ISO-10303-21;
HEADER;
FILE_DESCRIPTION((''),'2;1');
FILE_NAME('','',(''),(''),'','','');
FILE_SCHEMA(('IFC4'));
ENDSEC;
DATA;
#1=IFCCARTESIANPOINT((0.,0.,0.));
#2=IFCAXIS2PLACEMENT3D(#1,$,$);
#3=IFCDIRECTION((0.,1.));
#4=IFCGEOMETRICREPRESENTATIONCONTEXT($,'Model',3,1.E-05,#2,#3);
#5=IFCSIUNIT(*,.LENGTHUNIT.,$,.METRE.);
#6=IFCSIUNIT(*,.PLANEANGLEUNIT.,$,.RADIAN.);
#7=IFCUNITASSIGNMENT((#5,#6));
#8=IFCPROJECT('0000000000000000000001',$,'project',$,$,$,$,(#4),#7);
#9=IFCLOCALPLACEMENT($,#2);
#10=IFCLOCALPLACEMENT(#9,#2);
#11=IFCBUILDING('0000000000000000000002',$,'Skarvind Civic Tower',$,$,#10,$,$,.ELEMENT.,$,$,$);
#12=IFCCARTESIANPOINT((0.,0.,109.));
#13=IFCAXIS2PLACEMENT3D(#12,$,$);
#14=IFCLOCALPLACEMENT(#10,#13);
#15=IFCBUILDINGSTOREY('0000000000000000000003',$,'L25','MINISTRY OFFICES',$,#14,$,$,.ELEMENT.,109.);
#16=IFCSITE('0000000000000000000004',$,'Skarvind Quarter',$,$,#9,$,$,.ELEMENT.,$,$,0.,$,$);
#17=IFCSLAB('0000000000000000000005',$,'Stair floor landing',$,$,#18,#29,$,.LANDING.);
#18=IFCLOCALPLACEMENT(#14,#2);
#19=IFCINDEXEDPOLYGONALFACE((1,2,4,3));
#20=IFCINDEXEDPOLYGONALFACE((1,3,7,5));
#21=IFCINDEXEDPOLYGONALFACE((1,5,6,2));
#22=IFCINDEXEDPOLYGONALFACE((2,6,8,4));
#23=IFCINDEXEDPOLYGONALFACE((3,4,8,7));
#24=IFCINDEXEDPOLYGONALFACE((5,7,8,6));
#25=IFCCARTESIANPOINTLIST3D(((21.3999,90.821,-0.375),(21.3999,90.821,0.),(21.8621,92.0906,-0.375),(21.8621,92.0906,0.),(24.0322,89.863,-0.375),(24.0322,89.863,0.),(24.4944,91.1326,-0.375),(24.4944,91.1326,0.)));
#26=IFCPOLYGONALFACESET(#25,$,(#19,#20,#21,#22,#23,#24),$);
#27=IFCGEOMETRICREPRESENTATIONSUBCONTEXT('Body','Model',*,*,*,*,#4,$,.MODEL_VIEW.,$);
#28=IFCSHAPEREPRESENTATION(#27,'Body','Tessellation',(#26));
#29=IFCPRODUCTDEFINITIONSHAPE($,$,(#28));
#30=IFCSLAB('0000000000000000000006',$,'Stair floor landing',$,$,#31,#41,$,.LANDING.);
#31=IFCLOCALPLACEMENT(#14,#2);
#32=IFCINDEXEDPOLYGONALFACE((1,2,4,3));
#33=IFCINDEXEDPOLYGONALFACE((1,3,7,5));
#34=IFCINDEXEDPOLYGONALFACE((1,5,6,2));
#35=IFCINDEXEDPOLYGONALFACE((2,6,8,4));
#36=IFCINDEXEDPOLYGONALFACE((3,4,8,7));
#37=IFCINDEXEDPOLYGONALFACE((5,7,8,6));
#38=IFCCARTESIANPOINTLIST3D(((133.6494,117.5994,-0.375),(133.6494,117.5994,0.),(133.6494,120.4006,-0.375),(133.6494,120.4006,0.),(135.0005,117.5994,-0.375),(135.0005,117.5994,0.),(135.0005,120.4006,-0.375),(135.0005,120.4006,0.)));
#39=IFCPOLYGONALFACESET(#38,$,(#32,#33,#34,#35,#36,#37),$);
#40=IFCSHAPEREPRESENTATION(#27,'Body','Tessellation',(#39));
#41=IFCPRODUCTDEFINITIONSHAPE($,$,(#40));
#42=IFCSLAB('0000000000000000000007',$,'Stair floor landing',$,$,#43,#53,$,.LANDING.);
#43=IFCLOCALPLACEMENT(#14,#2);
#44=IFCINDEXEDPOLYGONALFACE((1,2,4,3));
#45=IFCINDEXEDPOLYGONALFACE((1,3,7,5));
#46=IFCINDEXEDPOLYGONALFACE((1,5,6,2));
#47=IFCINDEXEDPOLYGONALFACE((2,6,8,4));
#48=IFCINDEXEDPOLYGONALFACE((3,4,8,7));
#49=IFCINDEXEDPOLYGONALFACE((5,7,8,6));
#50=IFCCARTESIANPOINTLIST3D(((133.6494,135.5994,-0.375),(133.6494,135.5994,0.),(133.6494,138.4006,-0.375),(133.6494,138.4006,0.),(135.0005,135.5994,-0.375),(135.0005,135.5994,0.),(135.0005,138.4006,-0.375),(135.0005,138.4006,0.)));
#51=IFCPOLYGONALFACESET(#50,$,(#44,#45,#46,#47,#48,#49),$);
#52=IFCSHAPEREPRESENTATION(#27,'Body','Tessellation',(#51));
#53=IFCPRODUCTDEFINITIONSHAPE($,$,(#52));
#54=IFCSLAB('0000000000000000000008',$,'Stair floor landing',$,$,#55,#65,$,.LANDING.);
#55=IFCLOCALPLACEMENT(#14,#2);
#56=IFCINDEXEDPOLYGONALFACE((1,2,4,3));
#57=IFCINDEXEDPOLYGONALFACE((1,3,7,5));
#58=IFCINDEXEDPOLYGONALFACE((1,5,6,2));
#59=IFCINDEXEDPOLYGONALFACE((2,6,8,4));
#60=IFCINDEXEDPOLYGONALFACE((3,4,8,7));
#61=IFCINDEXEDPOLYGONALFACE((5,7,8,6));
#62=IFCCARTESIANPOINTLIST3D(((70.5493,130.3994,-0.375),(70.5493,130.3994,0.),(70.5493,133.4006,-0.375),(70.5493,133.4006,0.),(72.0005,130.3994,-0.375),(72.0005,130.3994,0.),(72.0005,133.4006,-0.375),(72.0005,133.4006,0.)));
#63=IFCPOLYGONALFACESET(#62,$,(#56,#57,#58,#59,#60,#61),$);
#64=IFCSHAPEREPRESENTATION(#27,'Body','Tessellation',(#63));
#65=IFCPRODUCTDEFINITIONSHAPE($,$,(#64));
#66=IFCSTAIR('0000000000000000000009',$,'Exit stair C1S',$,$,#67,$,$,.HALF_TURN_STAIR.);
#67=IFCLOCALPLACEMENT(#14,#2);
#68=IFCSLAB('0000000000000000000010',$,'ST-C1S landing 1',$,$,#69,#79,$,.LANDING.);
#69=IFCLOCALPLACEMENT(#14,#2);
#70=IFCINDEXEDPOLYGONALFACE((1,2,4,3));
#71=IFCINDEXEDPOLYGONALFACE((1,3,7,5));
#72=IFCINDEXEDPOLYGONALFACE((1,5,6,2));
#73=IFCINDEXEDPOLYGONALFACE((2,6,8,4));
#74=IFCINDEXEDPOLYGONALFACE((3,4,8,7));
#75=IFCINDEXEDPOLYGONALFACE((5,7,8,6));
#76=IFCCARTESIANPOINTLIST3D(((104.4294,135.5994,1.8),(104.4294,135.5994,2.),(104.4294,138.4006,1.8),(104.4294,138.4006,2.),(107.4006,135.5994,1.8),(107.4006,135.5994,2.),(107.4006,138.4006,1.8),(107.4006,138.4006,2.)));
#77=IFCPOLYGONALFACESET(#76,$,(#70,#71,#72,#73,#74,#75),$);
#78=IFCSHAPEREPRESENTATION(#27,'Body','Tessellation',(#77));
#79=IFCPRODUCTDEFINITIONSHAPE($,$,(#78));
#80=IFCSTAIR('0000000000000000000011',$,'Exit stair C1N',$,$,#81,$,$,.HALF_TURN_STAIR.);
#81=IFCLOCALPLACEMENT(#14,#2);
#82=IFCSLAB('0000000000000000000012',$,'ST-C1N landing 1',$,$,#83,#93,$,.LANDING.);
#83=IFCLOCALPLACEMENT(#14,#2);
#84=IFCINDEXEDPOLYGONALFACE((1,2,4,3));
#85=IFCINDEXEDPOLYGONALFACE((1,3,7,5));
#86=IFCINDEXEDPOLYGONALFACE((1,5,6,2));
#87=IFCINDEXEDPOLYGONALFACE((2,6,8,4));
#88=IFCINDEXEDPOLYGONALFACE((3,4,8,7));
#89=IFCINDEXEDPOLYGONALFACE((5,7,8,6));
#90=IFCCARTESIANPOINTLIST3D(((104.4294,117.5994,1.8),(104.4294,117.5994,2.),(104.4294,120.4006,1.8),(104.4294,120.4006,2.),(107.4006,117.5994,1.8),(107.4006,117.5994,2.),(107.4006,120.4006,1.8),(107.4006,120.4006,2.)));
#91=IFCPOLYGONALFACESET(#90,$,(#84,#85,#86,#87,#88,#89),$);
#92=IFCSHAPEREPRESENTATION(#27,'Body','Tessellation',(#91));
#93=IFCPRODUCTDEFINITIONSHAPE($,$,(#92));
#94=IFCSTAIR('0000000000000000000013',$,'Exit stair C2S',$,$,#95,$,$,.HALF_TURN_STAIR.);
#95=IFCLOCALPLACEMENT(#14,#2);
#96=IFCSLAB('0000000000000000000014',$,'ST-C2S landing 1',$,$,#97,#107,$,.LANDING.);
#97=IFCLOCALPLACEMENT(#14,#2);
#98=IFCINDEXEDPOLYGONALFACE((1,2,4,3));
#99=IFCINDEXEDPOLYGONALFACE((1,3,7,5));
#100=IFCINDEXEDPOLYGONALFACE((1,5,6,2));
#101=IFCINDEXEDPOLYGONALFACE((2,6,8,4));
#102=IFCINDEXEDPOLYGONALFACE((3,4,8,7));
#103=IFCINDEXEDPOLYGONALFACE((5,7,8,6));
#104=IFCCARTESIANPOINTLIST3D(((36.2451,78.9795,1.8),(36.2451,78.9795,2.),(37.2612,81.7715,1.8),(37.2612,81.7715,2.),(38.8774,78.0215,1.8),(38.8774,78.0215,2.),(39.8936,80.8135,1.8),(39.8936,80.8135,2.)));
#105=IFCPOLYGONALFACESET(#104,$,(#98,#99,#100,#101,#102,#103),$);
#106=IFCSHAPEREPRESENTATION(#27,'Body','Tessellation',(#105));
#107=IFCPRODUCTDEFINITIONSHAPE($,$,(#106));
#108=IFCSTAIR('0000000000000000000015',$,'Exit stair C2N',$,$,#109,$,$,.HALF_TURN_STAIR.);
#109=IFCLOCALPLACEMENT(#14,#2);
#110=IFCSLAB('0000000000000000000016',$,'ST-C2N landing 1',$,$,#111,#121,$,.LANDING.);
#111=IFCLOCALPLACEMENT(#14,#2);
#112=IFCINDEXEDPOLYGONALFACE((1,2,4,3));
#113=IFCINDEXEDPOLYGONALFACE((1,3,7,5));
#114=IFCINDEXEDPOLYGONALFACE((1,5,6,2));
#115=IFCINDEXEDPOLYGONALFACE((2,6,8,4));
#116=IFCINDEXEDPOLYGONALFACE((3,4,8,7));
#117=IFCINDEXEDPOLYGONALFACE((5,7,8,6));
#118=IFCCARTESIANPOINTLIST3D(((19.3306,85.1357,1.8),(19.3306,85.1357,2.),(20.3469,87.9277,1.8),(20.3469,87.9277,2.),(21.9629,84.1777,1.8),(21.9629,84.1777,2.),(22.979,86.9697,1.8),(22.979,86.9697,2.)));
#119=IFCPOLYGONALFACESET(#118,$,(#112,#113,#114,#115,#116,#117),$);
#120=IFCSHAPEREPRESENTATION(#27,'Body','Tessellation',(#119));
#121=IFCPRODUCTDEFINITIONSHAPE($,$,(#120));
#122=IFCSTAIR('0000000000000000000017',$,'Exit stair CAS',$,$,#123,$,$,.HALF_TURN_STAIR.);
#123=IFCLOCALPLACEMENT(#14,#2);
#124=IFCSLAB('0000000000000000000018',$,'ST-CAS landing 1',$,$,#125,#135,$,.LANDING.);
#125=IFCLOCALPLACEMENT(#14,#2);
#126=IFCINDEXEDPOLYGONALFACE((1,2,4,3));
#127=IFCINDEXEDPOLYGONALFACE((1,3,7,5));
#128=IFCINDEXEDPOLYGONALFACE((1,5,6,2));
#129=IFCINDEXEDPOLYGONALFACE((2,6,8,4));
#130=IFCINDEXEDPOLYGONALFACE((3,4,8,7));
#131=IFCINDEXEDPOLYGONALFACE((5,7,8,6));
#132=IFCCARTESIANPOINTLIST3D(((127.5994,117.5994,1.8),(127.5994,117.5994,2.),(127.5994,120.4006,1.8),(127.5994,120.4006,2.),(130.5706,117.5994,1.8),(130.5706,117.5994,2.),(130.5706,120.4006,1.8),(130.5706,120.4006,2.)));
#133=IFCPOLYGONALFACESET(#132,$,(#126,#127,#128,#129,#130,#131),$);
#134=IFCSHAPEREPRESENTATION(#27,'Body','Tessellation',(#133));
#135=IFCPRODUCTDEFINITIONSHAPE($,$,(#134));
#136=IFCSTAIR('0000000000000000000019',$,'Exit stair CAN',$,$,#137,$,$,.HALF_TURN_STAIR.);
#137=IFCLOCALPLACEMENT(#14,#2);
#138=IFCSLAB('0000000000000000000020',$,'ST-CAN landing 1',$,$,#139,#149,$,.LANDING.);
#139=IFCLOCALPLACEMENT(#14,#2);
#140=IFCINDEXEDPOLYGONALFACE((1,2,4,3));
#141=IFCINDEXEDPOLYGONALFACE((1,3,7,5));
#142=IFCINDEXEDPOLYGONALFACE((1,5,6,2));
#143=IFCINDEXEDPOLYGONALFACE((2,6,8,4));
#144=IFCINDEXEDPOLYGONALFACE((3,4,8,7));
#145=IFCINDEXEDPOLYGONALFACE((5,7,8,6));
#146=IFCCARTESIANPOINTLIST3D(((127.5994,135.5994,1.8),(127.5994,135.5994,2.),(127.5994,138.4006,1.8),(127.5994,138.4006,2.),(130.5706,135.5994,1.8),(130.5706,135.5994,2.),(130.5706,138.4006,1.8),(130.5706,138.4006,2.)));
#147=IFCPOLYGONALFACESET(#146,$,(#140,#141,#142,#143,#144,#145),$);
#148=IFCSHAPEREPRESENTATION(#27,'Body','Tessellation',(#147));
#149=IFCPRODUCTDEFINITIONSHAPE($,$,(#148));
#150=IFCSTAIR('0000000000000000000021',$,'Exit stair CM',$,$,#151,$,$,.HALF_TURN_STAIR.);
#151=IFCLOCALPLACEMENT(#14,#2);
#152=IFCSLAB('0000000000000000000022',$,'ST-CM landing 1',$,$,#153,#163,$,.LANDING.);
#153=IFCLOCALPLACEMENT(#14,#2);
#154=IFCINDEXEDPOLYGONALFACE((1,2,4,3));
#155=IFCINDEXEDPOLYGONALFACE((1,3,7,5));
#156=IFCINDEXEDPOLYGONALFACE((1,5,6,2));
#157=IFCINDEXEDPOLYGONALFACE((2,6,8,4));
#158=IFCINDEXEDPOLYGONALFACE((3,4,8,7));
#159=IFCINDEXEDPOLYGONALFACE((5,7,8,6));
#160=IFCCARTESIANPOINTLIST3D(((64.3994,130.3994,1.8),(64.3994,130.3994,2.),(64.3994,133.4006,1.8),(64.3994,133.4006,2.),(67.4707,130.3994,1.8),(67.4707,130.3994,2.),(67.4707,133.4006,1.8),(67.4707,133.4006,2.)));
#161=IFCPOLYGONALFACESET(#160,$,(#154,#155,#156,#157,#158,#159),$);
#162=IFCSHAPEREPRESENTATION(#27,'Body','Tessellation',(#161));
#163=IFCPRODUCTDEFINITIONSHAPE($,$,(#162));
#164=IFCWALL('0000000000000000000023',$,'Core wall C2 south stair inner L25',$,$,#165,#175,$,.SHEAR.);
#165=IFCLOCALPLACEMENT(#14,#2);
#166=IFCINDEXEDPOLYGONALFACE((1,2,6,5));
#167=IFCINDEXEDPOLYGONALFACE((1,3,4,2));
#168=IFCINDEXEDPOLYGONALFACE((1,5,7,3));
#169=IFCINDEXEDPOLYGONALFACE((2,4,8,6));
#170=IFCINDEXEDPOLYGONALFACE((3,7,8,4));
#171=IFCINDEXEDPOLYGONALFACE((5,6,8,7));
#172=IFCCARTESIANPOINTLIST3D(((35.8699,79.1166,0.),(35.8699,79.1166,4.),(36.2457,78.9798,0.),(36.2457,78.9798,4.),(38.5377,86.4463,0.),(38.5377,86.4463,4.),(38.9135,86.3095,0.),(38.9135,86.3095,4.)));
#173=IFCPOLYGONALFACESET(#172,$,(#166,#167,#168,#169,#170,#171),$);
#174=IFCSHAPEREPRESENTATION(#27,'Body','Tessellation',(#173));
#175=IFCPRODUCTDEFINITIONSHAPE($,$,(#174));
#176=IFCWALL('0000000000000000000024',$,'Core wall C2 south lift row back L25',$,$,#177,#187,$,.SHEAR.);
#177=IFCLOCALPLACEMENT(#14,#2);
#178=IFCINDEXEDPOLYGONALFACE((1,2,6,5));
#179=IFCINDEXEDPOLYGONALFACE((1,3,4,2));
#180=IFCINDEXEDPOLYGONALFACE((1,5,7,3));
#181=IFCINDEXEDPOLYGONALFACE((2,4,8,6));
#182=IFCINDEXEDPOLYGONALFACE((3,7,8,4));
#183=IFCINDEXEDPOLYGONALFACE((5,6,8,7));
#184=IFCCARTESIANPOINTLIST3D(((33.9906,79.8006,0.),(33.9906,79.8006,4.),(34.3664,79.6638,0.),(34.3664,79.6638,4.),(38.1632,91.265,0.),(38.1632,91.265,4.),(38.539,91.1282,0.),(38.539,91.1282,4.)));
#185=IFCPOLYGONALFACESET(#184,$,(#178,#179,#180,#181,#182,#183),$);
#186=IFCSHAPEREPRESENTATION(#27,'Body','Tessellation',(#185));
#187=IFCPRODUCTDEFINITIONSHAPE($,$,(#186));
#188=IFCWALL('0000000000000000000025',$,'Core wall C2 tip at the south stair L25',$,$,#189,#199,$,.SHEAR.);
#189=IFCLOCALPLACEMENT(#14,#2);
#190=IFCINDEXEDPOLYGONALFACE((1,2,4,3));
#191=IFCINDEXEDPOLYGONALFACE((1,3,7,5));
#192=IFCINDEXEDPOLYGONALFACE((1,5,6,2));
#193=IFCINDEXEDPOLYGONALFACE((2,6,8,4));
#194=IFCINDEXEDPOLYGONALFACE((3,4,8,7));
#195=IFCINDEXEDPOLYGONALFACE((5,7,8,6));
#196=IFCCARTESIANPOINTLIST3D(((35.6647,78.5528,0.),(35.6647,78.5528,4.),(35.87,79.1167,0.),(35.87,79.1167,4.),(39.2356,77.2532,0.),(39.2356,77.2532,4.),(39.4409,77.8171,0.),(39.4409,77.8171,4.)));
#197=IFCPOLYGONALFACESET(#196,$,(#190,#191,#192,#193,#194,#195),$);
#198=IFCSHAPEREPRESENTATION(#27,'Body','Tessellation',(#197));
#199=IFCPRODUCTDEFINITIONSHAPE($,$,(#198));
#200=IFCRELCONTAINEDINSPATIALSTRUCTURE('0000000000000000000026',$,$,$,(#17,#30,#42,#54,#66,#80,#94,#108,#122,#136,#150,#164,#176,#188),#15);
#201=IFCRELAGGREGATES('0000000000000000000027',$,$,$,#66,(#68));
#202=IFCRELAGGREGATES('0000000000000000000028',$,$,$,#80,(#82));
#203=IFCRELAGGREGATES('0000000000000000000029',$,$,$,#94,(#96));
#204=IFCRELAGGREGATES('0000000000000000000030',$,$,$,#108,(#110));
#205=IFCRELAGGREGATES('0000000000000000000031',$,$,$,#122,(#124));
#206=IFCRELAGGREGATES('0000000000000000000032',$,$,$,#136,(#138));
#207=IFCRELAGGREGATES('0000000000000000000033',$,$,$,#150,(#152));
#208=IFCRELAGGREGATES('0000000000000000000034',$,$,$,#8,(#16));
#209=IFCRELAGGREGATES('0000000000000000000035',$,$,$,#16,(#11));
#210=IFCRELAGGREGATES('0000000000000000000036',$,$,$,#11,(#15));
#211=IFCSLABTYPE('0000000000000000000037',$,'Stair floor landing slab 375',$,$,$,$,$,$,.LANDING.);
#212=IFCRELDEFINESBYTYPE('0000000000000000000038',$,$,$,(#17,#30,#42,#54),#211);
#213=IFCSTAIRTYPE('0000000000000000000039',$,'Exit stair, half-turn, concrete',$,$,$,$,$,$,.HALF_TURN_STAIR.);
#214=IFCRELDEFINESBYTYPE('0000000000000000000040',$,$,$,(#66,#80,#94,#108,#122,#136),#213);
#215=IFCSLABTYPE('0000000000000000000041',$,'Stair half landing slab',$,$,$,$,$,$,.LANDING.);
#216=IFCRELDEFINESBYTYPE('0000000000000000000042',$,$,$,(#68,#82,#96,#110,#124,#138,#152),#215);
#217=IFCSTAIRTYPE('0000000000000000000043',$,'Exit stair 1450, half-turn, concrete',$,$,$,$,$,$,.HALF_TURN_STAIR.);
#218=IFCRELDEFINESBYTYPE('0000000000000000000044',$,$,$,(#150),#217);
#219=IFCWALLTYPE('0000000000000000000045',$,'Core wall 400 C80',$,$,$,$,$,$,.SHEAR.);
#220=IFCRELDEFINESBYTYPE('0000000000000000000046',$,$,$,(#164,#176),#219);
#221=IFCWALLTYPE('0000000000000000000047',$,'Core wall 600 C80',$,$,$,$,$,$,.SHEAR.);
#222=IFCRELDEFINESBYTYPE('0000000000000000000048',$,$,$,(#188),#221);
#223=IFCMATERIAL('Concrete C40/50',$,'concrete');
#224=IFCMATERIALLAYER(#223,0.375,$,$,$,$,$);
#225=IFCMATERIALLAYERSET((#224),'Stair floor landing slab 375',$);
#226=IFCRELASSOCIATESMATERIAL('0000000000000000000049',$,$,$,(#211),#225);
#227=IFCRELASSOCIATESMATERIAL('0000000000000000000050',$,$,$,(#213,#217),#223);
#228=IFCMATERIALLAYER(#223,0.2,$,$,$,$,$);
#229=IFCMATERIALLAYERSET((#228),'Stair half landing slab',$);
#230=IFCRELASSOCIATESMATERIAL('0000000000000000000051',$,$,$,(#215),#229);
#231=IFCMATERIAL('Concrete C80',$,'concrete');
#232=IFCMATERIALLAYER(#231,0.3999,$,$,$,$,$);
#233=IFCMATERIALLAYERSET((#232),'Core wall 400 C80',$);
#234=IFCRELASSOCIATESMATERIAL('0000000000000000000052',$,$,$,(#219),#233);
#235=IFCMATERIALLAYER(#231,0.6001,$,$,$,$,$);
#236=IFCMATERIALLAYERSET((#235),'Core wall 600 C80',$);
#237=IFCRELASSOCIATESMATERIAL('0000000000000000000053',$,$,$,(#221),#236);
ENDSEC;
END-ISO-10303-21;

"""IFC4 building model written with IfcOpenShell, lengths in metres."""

from ifc_helpers import new_model, si_unit, direction, frame, frame_2d, origin, place, context, subcontext, project, spatial, polyline, rectangle, outline, extrude, material, layer, layer_set, type_object, element, aggregate, save


model = new_model("IFC4")

# Units and contexts
model_context = context("Model", 3, precision=1e-05, world=origin(), true_north=direction((0.0, 1.0)))
body_context = subcontext(model_context, "Body", "Model", "MODEL_VIEW")
ifc_project = project(units=[si_unit("LENGTHUNIT", "METRE"), si_unit("PLANEANGLEUNIT", "RADIAN")], contexts=[model_context])

# Site, building, storey
site_placement = place(None, origin())
site = spatial("IfcSite", under=ifc_project, at=site_placement, Name="Skarvind Quarter", CompositionType="ELEMENT", RefElevation=0.0)
building_placement = place(site_placement, origin())
building = spatial("IfcBuilding", under=site, at=building_placement, Name="Skarvind Civic Tower", CompositionType="ELEMENT")
storey_placement = place(building_placement, frame((0.0, 0.0, 109.0)))
storey = spatial("IfcBuildingStorey", under=building, at=storey_placement, Name="L25", Description="MINISTRY OFFICES", CompositionType="ELEMENT", Elevation=109.0)

# Slabs
ifc_material_1 = material(Name="Concrete C40/50", Category="concrete")
ifc_layer_1 = layer(ifc_material_1, 0.375)
ifc_layer_set_1 = layer_set([ifc_layer_1], Name="Stair floor landing slab 375")
slab_type_1 = type_object("IfcSlabType", Name="Stair floor landing slab 375", PredefinedType="LANDING", material=ifc_layer_set_1)
slab_1_placement = place(storey_placement, frame((0.0, 0.0, -0.375)))
element("IfcSlab", 1, at=slab_1_placement, inside=storey, type_object=slab_type_1, Name="Stair floor landing", PredefinedType="LANDING", context=body_context, shape_type="SweptSolid", body=[
    extrude(outline(polyline([(24.0322, 89.863), (21.3999, 90.821), (21.8621, 92.0906), (24.4944, 91.1326), (24.0322, 89.863)])), origin(), (0.0, 0.0, 1.0), 0.375),
])
slab_2_placement = place(storey_placement, frame((0.0, 0.0, -0.375)))
element("IfcSlab", 2, at=slab_2_placement, inside=storey, type_object=slab_type_1, Name="Stair floor landing", PredefinedType="LANDING", context=body_context, shape_type="SweptSolid", body=[
    extrude(outline(polyline([(133.6494, 117.5994), (133.6494, 120.4006), (135.0005, 120.4006), (135.0005, 117.5994), (133.6494, 117.5994)])), origin(), (0.0, 0.0, 1.0), 0.375),
])
slab_3_placement = place(storey_placement, frame((0.0, 0.0, -0.375)))
element("IfcSlab", 3, at=slab_3_placement, inside=storey, type_object=slab_type_1, Name="Stair floor landing", PredefinedType="LANDING", context=body_context, shape_type="SweptSolid", body=[
    extrude(outline(polyline([(133.6494, 135.5994), (133.6494, 138.4006), (135.0005, 138.4006), (135.0005, 135.5994), (133.6494, 135.5994)])), origin(), (0.0, 0.0, 1.0), 0.375),
])
slab_4_placement = place(storey_placement, frame((0.0, 0.0, -0.375)))
element("IfcSlab", 4, at=slab_4_placement, inside=storey, type_object=slab_type_1, Name="Stair floor landing", PredefinedType="LANDING", context=body_context, shape_type="SweptSolid", body=[
    extrude(outline(polyline([(70.5493, 130.3994), (70.5493, 133.4006), (72.0005, 133.4006), (72.0005, 130.3994), (70.5493, 130.3994)])), origin(), (0.0, 0.0, 1.0), 0.375),
])

# Stairs, slabs
stair_type_1 = type_object("IfcStairType", Name="Exit stair, half-turn, concrete", PredefinedType="HALF_TURN_STAIR", material=ifc_material_1)
stair_1_placement = place(storey_placement, origin())
stair_1 = element("IfcStair", 5, at=stair_1_placement, inside=storey, type_object=stair_type_1, Name="Exit stair C1S", PredefinedType="HALF_TURN_STAIR")
ifc_layer_2 = layer(ifc_material_1, 0.2)
ifc_layer_set_2 = layer_set([ifc_layer_2], Name="Stair half landing slab")
slab_type_2 = type_object("IfcSlabType", Name="Stair half landing slab", PredefinedType="LANDING", material=ifc_layer_set_2)
slab_5_placement = place(storey_placement, frame((0.0, 0.0, 1.8)))
slab_5 = element("IfcSlab", 6, at=slab_5_placement, type_object=slab_type_2, Name="ST-C1S landing 1", PredefinedType="LANDING", context=body_context, shape_type="SweptSolid", body=[
    extrude(outline(polyline([(104.4294, 135.5994), (104.4294, 138.4006), (107.4006, 138.4006), (107.4006, 135.5994), (104.4294, 135.5994)])), origin(), (0.0, 0.0, 1.0), 0.2),
])
aggregate(stair_1, [slab_5])
stair_2_placement = place(storey_placement, origin())
stair_2 = element("IfcStair", 7, at=stair_2_placement, inside=storey, type_object=stair_type_1, Name="Exit stair C1N", PredefinedType="HALF_TURN_STAIR")
slab_6_placement = place(storey_placement, frame((0.0, 0.0, 1.8)))
slab_6 = element("IfcSlab", 8, at=slab_6_placement, type_object=slab_type_2, Name="ST-C1N landing 1", PredefinedType="LANDING", context=body_context, shape_type="SweptSolid", body=[
    extrude(outline(polyline([(104.4294, 117.5994), (104.4294, 120.4006), (107.4006, 120.4006), (107.4006, 117.5994), (104.4294, 117.5994)])), origin(), (0.0, 0.0, 1.0), 0.2),
])
aggregate(stair_2, [slab_6])
stair_3_placement = place(storey_placement, origin())
stair_3 = element("IfcStair", 9, at=stair_3_placement, inside=storey, type_object=stair_type_1, Name="Exit stair C2S", PredefinedType="HALF_TURN_STAIR")
slab_7_placement = place(storey_placement, frame((0.0, 0.0, 1.8)))
slab_7 = element("IfcSlab", 10, at=slab_7_placement, type_object=slab_type_2, Name="ST-C2S landing 1", PredefinedType="LANDING", context=body_context, shape_type="SweptSolid", body=[
    extrude(outline(polyline([(37.2612, 81.7715), (39.8936, 80.8135), (38.8774, 78.0215), (36.2451, 78.9795), (37.2612, 81.7715)])), origin(), (0.0, 0.0, 1.0), 0.2),
])
aggregate(stair_3, [slab_7])
stair_4_placement = place(storey_placement, origin())
stair_4 = element("IfcStair", 11, at=stair_4_placement, inside=storey, type_object=stair_type_1, Name="Exit stair C2N", PredefinedType="HALF_TURN_STAIR")
slab_8_placement = place(storey_placement, frame((0.0, 0.0, 1.8)))
slab_8 = element("IfcSlab", 12, at=slab_8_placement, type_object=slab_type_2, Name="ST-C2N landing 1", PredefinedType="LANDING", context=body_context, shape_type="SweptSolid", body=[
    extrude(outline(polyline([(20.3469, 87.9277), (22.979, 86.9697), (21.9629, 84.1777), (19.3306, 85.1357), (20.3469, 87.9277)])), origin(), (0.0, 0.0, 1.0), 0.2),
])
aggregate(stair_4, [slab_8])
stair_5_placement = place(storey_placement, origin())
stair_5 = element("IfcStair", 13, at=stair_5_placement, inside=storey, type_object=stair_type_1, Name="Exit stair CAS", PredefinedType="HALF_TURN_STAIR")
slab_9_placement = place(storey_placement, frame((0.0, 0.0, 1.8)))
slab_9 = element("IfcSlab", 14, at=slab_9_placement, type_object=slab_type_2, Name="ST-CAS landing 1", PredefinedType="LANDING", context=body_context, shape_type="SweptSolid", body=[
    extrude(outline(polyline([(130.5706, 120.4006), (130.5706, 117.5994), (127.5994, 117.5994), (127.5994, 120.4006), (130.5706, 120.4006)])), origin(), (0.0, 0.0, 1.0), 0.2),
])
aggregate(stair_5, [slab_9])
stair_6_placement = place(storey_placement, origin())
stair_6 = element("IfcStair", 15, at=stair_6_placement, inside=storey, type_object=stair_type_1, Name="Exit stair CAN", PredefinedType="HALF_TURN_STAIR")
slab_10_placement = place(storey_placement, frame((0.0, 0.0, 1.8)))
slab_10 = element("IfcSlab", 16, at=slab_10_placement, type_object=slab_type_2, Name="ST-CAN landing 1", PredefinedType="LANDING", context=body_context, shape_type="SweptSolid", body=[
    extrude(outline(polyline([(130.5706, 138.4006), (130.5706, 135.5994), (127.5994, 135.5994), (127.5994, 138.4006), (130.5706, 138.4006)])), origin(), (0.0, 0.0, 1.0), 0.2),
])
aggregate(stair_6, [slab_10])
stair_type_2 = type_object("IfcStairType", Name="Exit stair 1450, half-turn, concrete", PredefinedType="HALF_TURN_STAIR", material=ifc_material_1)
stair_7_placement = place(storey_placement, origin())
stair_7 = element("IfcStair", 17, at=stair_7_placement, inside=storey, type_object=stair_type_2, Name="Exit stair CM", PredefinedType="HALF_TURN_STAIR")
slab_11_placement = place(storey_placement, frame((0.0, 0.0, 1.8)))
slab_11 = element("IfcSlab", 18, at=slab_11_placement, type_object=slab_type_2, Name="ST-CM landing 1", PredefinedType="LANDING", context=body_context, shape_type="SweptSolid", body=[
    extrude(outline(polyline([(67.4707, 133.4006), (67.4707, 130.3994), (64.3994, 130.3994), (64.3994, 133.4006), (67.4707, 133.4006)])), origin(), (0.0, 0.0, 1.0), 0.2),
])
aggregate(stair_7, [slab_11])

# Walls
ifc_material_2 = material(Name="Concrete C80", Category="concrete")
ifc_layer_3 = layer(ifc_material_2, 0.3999)
ifc_layer_set_3 = layer_set([ifc_layer_3], Name="Core wall 400 C80")
wall_type_1 = type_object("IfcWallType", Name="Core wall 400 C80", PredefinedType="SHEAR", material=ifc_layer_set_3)
wall_1_placement = place(storey_placement, frame((36.0579, 79.0483, 0.0), z_axis=(0.0, 0.0, 1.0), x_axis=(0.342017, 0.939694, 0.0)))
element("IfcWall", 19, at=wall_1_placement, inside=storey, type_object=wall_type_1, Name="Core wall C2 south stair inner L25", PredefinedType="SHEAR", context=body_context, shape_type="SweptSolid", body=[
    extrude(rectangle(XDim=7.8, YDim=0.3999, at=frame_2d((3.8999, 0.0))), origin(), (0.0, 0.0, 1.0), 4.0),
])
wall_2_placement = place(storey_placement, frame((34.1785, 79.7322, 0.0), z_axis=(0.0, 0.0, 1.0), x_axis=(0.342015, 0.939695, 0.0)))
element("IfcWall", 20, at=wall_2_placement, inside=storey, type_object=wall_type_1, Name="Core wall C2 south lift row back L25", PredefinedType="SHEAR", context=body_context, shape_type="SweptSolid", body=[
    extrude(rectangle(XDim=12.2002, YDim=0.3999, at=frame_2d((6.1001, 0.0))), origin(), (0.0, 0.0, 1.0), 4.0),
])
ifc_layer_4 = layer(ifc_material_2, 0.6001)
ifc_layer_set_4 = layer_set([ifc_layer_4], Name="Core wall 600 C80")
wall_type_2 = type_object("IfcWallType", Name="Core wall 600 C80", PredefinedType="SHEAR", material=ifc_layer_set_4)
wall_3_placement = place(storey_placement, frame((39.3381, 77.5352, 0.0), z_axis=(0.0, 0.0, 1.0), x_axis=(-0.939701, 0.341996, 0.0)))
element("IfcWall", 21, at=wall_3_placement, inside=storey, type_object=wall_type_2, Name="Core wall C2 tip at the south stair L25", PredefinedType="SHEAR", context=body_context, shape_type="SweptSolid", body=[
    extrude(rectangle(XDim=3.8, YDim=0.6001, at=frame_2d((1.8999, 0.0))), origin(), (0.0, 0.0, 1.0), 4.0),
])

save(model, "model.ifc")
